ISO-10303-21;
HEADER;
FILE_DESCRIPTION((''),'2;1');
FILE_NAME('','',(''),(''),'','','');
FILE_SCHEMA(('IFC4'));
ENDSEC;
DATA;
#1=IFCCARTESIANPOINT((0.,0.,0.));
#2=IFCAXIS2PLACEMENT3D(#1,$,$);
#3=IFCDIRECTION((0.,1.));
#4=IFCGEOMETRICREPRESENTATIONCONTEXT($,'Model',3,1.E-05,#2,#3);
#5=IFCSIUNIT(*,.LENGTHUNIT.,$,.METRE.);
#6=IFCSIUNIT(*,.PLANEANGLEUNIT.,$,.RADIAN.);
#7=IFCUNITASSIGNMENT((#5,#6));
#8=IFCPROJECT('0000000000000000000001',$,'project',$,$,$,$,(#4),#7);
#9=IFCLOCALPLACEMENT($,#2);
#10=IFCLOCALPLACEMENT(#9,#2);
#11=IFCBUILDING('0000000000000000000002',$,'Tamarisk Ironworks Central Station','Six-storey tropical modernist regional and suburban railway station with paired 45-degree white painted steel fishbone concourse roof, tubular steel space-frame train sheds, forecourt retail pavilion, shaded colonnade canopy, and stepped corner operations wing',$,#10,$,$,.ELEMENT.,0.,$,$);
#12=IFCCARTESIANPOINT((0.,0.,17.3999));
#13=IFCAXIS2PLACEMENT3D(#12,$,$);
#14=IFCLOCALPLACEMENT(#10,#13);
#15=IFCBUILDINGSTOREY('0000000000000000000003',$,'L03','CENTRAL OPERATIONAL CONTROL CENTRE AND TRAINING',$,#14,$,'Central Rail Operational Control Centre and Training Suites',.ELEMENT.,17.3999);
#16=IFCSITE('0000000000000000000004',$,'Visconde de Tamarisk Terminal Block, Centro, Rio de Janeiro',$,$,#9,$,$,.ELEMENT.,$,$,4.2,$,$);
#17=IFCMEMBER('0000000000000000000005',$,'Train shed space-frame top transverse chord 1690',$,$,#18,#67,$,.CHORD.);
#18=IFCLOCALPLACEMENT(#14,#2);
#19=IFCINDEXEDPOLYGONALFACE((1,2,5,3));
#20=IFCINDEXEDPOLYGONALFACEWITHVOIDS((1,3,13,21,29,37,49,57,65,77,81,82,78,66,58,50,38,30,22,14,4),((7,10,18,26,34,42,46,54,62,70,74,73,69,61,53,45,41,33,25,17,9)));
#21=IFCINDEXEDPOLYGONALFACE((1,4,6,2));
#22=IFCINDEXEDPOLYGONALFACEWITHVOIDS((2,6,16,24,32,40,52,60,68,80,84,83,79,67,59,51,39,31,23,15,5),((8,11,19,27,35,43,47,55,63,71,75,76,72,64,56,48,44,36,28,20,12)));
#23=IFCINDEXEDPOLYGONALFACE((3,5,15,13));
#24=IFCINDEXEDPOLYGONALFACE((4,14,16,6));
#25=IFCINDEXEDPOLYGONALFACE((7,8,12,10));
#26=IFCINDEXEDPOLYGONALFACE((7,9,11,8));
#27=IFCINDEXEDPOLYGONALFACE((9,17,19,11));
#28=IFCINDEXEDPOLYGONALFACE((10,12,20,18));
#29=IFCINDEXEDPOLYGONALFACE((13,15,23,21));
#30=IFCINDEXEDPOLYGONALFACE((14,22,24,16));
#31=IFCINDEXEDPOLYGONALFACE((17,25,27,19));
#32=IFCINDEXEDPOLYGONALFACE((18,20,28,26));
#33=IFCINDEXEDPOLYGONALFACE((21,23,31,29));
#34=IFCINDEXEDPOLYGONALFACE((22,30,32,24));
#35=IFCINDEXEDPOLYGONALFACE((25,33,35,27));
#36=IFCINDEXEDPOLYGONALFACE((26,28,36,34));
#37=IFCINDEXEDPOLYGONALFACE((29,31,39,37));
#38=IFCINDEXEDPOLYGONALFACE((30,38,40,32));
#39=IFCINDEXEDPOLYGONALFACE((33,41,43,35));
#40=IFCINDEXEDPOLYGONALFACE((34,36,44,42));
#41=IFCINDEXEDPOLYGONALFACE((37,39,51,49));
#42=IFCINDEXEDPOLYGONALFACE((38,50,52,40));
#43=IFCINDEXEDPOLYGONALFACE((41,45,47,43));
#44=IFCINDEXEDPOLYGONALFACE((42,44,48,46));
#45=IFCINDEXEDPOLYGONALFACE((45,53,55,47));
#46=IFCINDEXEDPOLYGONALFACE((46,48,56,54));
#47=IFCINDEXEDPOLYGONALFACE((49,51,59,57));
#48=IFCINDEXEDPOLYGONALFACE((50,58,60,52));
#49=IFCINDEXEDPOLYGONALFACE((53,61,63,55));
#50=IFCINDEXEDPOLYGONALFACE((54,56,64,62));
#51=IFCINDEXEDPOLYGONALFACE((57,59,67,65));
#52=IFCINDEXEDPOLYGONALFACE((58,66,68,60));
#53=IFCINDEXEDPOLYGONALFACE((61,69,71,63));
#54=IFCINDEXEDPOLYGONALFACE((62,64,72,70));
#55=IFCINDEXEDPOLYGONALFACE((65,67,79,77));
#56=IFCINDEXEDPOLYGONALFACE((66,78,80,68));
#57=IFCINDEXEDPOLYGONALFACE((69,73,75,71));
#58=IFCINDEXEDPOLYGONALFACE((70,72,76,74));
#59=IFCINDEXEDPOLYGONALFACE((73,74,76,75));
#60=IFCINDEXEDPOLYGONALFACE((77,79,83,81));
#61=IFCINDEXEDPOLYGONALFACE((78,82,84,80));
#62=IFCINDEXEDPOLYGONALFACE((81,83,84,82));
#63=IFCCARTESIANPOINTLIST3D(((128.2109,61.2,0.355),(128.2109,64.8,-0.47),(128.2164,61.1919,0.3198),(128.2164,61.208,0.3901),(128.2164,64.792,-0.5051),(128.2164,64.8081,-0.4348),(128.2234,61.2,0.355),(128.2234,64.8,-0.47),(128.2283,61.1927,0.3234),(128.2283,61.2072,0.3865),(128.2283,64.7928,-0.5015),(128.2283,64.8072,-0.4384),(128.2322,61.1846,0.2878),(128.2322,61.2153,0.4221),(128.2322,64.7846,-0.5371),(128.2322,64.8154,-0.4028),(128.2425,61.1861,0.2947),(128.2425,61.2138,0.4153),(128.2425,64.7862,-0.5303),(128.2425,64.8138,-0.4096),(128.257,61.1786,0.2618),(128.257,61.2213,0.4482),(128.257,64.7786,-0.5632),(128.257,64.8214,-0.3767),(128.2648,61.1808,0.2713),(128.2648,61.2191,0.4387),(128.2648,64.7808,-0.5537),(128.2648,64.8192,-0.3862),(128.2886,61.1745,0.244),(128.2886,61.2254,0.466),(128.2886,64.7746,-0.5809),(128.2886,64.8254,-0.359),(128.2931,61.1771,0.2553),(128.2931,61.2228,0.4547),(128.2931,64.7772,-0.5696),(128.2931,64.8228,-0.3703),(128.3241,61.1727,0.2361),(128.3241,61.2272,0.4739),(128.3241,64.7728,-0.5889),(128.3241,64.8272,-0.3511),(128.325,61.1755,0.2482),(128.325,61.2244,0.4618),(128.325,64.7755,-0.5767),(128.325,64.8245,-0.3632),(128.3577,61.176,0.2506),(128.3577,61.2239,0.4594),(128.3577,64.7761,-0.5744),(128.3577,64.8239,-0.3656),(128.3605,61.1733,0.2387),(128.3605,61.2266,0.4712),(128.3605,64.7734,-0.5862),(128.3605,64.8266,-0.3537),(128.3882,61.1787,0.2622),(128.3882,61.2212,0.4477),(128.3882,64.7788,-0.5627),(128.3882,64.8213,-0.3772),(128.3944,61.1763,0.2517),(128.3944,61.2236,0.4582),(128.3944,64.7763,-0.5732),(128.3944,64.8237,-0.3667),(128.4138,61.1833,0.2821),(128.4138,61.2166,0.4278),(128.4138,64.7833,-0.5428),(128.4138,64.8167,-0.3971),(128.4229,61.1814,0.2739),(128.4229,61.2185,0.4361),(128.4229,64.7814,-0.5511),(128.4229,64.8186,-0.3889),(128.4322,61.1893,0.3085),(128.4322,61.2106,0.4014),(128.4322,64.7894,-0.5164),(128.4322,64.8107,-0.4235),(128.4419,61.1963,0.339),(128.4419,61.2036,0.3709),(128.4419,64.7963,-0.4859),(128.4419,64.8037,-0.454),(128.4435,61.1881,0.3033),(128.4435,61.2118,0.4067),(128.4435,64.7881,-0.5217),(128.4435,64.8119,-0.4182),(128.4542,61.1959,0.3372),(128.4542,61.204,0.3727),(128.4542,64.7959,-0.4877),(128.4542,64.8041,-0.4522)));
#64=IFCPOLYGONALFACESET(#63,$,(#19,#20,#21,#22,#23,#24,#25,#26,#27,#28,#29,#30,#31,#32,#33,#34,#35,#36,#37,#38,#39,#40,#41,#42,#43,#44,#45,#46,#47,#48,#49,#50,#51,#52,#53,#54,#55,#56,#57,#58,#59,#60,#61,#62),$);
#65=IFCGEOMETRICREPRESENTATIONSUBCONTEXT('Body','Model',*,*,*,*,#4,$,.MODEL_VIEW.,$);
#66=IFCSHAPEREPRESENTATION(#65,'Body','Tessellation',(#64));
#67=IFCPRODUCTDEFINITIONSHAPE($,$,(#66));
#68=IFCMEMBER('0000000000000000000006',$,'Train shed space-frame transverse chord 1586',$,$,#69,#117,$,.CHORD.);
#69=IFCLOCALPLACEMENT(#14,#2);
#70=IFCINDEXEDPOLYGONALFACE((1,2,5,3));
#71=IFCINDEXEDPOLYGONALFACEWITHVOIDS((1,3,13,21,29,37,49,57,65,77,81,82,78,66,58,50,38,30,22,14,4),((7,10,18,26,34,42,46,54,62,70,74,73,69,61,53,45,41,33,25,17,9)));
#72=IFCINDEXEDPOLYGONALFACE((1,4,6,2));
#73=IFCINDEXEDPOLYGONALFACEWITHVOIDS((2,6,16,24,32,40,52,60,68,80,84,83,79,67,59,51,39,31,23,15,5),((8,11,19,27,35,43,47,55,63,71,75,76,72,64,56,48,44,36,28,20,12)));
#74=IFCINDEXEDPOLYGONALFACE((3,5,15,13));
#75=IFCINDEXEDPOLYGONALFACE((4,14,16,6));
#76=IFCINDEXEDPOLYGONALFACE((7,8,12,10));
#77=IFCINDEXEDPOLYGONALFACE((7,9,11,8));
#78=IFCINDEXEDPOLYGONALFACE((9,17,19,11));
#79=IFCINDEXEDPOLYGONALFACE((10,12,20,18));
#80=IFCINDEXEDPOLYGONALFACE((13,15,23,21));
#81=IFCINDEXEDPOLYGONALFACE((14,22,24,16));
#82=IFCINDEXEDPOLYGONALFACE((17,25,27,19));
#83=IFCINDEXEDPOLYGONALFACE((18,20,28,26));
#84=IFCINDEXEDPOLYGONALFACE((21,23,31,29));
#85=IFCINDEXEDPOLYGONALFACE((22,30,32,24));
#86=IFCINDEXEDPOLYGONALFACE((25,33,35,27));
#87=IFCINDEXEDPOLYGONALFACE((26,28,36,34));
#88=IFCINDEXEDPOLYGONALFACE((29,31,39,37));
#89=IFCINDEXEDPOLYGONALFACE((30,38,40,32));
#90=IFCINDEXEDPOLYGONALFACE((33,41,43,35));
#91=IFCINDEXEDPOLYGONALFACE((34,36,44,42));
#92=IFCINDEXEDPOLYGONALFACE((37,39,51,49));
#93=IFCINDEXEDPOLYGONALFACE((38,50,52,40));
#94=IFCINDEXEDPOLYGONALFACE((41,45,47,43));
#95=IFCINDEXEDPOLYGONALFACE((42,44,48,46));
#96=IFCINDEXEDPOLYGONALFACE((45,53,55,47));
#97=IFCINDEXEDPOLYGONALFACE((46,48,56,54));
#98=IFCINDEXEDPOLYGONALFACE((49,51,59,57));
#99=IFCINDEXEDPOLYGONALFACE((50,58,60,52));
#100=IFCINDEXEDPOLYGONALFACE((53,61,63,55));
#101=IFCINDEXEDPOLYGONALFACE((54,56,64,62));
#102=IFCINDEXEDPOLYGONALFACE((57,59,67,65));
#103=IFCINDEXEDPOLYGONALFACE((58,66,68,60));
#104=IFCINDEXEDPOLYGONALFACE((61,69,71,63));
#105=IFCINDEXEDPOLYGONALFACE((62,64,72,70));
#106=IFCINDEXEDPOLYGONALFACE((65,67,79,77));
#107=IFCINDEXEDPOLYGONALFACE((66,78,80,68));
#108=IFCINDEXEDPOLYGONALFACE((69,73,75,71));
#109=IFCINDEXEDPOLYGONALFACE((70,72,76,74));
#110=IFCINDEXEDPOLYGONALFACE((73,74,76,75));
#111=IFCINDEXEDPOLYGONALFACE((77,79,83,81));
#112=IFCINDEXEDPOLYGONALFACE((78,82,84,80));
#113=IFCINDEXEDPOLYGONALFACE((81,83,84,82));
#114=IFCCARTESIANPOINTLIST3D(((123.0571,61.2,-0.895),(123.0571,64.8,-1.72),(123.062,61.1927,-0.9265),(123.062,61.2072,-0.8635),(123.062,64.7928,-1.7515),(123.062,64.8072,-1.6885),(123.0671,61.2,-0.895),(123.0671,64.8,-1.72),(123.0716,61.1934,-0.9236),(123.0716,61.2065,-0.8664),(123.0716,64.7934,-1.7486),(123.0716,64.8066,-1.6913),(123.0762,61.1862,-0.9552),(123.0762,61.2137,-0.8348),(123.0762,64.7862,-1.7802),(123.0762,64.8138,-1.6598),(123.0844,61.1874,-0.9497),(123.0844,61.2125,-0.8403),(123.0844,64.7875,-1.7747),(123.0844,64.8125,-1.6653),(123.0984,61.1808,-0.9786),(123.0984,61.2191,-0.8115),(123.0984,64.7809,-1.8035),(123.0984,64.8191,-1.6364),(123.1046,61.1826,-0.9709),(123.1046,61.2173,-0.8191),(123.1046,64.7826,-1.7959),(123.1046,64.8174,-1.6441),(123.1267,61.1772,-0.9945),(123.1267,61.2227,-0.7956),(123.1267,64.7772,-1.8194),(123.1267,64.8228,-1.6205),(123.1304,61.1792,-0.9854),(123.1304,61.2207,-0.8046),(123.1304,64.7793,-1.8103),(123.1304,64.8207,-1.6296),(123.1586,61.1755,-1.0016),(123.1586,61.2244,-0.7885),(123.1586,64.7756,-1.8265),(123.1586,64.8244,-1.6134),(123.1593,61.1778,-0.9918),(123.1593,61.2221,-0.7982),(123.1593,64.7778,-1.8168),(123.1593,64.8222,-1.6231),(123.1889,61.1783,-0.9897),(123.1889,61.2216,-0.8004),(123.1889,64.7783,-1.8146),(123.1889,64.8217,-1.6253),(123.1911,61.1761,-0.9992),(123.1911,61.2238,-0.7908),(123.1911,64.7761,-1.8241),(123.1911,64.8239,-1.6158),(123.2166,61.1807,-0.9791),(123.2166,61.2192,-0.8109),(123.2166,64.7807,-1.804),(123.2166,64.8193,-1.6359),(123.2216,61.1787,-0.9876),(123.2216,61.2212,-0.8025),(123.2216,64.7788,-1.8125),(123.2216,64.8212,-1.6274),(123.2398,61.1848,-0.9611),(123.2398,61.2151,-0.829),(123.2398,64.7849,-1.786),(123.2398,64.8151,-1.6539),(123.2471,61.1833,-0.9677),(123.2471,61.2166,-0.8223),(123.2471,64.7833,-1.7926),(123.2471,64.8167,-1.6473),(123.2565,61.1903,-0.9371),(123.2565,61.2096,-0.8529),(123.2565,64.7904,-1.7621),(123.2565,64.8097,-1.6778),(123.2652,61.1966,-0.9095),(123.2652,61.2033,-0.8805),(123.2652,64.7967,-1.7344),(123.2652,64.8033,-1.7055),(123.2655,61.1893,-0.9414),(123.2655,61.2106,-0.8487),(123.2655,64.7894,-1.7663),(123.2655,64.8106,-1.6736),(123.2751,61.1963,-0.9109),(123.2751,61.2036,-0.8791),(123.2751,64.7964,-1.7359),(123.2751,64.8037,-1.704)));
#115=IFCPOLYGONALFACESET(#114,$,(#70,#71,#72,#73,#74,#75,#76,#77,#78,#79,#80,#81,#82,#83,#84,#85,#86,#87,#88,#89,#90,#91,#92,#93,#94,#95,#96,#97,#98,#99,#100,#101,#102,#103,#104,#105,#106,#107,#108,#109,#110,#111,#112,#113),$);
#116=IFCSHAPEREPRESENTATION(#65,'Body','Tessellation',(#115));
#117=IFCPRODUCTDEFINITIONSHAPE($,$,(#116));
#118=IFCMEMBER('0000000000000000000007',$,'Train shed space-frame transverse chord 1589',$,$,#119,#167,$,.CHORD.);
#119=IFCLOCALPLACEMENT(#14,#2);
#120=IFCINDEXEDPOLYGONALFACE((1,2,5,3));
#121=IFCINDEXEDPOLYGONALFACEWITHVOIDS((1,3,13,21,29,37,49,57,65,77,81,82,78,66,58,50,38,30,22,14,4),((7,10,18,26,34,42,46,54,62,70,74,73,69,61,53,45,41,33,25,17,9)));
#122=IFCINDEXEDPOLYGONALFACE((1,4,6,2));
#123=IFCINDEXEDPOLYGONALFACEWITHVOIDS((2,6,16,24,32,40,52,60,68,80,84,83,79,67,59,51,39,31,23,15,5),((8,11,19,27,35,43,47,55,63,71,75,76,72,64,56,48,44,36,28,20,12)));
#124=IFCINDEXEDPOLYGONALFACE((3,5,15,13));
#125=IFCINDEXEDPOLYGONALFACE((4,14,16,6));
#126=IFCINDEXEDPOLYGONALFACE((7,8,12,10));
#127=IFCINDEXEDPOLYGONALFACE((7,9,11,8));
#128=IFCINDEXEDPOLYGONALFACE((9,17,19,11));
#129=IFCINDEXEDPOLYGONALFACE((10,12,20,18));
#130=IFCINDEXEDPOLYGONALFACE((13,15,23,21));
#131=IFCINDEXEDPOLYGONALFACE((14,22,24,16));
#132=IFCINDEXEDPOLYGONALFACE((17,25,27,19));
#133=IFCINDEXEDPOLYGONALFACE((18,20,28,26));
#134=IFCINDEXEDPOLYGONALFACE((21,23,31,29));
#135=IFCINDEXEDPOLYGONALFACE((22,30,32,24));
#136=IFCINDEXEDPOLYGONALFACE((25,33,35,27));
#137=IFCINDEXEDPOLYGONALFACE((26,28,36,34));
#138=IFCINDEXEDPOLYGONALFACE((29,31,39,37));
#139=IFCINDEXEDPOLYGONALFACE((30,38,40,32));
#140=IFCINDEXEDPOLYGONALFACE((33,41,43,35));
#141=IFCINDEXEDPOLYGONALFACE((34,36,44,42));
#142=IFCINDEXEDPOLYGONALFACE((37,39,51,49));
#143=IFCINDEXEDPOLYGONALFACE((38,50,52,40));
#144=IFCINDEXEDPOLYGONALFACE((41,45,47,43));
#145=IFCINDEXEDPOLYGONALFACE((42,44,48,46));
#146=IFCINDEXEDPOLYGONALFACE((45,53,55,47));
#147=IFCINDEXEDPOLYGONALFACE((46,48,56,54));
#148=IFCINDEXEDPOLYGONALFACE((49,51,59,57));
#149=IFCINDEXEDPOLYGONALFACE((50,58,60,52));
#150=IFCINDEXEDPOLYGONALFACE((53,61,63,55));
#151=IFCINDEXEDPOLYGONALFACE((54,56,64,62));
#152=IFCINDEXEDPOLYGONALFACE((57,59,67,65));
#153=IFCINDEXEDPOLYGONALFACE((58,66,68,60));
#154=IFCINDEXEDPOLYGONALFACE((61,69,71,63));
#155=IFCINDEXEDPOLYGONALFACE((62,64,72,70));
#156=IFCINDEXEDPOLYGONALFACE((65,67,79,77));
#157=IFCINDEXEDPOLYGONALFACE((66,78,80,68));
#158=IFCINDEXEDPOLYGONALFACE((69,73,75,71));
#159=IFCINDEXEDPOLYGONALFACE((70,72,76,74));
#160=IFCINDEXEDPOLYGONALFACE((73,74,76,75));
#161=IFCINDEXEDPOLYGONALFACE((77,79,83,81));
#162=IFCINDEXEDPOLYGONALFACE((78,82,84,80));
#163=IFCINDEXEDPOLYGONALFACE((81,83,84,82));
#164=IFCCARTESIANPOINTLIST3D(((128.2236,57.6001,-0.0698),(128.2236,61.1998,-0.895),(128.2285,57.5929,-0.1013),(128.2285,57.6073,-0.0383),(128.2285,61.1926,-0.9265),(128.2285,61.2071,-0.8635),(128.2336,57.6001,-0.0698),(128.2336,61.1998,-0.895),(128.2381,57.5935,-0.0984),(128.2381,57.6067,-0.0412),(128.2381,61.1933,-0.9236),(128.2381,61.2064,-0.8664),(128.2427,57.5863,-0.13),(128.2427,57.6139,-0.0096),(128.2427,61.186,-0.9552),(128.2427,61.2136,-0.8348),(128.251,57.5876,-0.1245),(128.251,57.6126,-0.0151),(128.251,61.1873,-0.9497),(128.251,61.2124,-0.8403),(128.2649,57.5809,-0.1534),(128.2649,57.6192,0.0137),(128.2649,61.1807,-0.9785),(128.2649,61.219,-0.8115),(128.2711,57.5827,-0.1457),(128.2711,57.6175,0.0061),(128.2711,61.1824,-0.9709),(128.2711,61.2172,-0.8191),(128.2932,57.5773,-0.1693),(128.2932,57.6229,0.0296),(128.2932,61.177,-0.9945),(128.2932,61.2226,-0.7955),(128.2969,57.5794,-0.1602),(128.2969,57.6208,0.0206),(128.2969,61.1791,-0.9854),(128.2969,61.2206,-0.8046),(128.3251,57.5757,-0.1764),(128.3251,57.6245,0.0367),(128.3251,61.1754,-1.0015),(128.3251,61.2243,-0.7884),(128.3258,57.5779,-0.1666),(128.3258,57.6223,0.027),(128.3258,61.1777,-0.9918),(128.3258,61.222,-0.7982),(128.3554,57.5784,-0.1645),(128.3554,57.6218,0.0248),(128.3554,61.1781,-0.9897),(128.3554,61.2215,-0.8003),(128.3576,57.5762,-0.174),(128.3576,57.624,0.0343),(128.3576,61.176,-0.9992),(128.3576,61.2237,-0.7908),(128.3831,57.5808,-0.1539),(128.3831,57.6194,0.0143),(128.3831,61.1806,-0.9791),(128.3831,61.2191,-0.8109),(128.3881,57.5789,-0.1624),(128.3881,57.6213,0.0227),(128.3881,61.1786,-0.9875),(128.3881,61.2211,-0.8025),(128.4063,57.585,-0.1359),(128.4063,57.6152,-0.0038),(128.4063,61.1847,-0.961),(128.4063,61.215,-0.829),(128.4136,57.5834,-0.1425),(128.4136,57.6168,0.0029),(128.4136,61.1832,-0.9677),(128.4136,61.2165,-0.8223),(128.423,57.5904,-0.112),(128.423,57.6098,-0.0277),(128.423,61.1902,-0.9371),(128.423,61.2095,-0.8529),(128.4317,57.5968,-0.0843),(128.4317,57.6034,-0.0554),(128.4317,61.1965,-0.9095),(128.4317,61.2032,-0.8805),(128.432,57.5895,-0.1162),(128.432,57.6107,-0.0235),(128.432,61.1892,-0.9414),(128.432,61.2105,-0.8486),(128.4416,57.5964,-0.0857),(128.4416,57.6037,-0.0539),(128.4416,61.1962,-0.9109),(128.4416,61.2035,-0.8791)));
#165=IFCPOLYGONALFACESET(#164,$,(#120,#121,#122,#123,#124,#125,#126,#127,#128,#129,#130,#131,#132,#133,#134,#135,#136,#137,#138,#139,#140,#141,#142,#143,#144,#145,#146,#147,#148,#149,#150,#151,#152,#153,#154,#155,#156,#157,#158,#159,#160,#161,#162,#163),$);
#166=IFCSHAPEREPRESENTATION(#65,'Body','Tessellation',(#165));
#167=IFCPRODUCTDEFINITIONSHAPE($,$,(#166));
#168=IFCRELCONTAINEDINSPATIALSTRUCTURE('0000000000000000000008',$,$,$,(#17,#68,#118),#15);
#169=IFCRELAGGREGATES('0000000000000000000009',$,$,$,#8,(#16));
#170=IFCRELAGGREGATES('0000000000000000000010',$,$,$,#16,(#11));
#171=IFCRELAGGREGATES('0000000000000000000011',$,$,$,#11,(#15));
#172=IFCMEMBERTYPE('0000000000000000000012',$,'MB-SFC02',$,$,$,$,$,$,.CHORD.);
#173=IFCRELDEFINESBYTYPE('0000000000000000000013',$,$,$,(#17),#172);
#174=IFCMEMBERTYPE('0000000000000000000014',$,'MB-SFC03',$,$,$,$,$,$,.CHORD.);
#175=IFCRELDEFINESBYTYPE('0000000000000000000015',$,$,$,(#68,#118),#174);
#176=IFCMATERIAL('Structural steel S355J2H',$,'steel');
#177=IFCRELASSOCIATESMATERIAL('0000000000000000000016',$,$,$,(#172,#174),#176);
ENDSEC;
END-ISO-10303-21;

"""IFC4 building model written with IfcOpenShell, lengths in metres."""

from ifc_helpers import new_model, si_unit, direction, frame, origin, origin_2d, place, context, subcontext, project, spatial, hollow_circle, extrude, material, material_profile, profile_set, type_object, element, save


model = new_model("IFC4")

# Units and contexts
model_context = context("Model", 3, precision=1e-05, world=origin(), true_north=direction((0.0, 1.0)))
body_context = subcontext(model_context, "Body", "Model", "MODEL_VIEW")
ifc_project = project(units=[si_unit("LENGTHUNIT", "METRE"), si_unit("PLANEANGLEUNIT", "RADIAN")], contexts=[model_context])

# Site, building, storey
site_placement = place(None, origin())
site = spatial("IfcSite", under=ifc_project, at=site_placement, Name="Visconde de Tamarisk Terminal Block, Centro, Rio de Janeiro", CompositionType="ELEMENT", RefElevation=4.2)
building_placement = place(site_placement, origin())
building = spatial("IfcBuilding", under=site, at=building_placement, Name="Tamarisk Ironworks Central Station", Description="Six-storey tropical modernist regional and suburban railway station with paired 45-degree white painted steel fishbone concourse roof, tubular steel space-frame train sheds, forecourt retail pavilion, shaded colonnade canopy, and stepped corner operations wing", CompositionType="ELEMENT", ElevationOfRefHeight=0.0)
storey_placement = place(building_placement, frame((0.0, 0.0, 17.3999)))
storey = spatial("IfcBuildingStorey", under=building, at=storey_placement, Name="L03", Description="CENTRAL OPERATIONAL CONTROL CENTRE AND TRAINING", LongName="Central Rail Operational Control Centre and Training Suites", CompositionType="ELEMENT", Elevation=17.3999)

# Members
ifc_material = material(Name="Structural steel S355J2H", Category="steel")
ifc_material_profile_1 = material_profile(ifc_material, hollow_circle(Radius=0.1223, WallThickness=0.0125, at=origin_2d()), Name="CHS 244.5x12.5")
ifc_profile_set_1 = profile_set([ifc_material_profile_1], Name="Structural steel S355J2H")
member_type_1 = type_object("IfcMemberType", Name="MB-SFC02", PredefinedType="CHORD", material=ifc_profile_set_1)
member_1_placement = place(storey_placement, frame((128.3333, 61.2, 0.355), z_axis=(0.0, 0.974737, -0.223358), x_axis=(-1.0, 0.0, 0.0)))
element("IfcMember", 1, at=member_1_placement, inside=storey, type_object=member_type_1, Name="Train shed space-frame top transverse chord 1690", PredefinedType="CHORD", context=body_context, shape_type="SweptSolid", body=[
    extrude(hollow_circle(Radius=0.1223, WallThickness=0.0125, at=origin_2d()), origin(), (0.0, 0.0, 1.0), 3.6934),
])
ifc_material_profile_2 = material_profile(ifc_material, hollow_circle(Radius=0.1096, WallThickness=0.01, at=origin_2d()), Name="CHS 219.1x10")
ifc_profile_set_2 = profile_set([ifc_material_profile_2], Name="Structural steel S355J2H")
member_type_2 = type_object("IfcMemberType", Name="MB-SFC03", PredefinedType="CHORD", material=ifc_profile_set_2)
member_2_placement = place(storey_placement, frame((123.1667, 61.2, -0.895), z_axis=(0.0, 0.974737, -0.223358), x_axis=(-1.0, 0.0, 0.0)))
element("IfcMember", 2, at=member_2_placement, inside=storey, type_object=member_type_2, Name="Train shed space-frame transverse chord 1586", PredefinedType="CHORD", context=body_context, shape_type="SweptSolid", body=[
    extrude(hollow_circle(Radius=0.1096, WallThickness=0.01, at=origin_2d()), origin(), (0.0, 0.0, 1.0), 3.6934),
])
member_3_placement = place(storey_placement, frame((128.3333, 57.6001, -0.0698), z_axis=(0.0, 0.974719, -0.223435), x_axis=(-1.0, 0.0, 0.0)))
element("IfcMember", 3, at=member_3_placement, inside=storey, type_object=member_type_2, Name="Train shed space-frame transverse chord 1589", PredefinedType="CHORD", context=body_context, shape_type="SweptSolid", body=[
    extrude(hollow_circle(Radius=0.1096, WallThickness=0.01, at=origin_2d()), origin(), (0.0, 0.0, 1.0), 3.6931),
])

save(model, "model.ifc")
